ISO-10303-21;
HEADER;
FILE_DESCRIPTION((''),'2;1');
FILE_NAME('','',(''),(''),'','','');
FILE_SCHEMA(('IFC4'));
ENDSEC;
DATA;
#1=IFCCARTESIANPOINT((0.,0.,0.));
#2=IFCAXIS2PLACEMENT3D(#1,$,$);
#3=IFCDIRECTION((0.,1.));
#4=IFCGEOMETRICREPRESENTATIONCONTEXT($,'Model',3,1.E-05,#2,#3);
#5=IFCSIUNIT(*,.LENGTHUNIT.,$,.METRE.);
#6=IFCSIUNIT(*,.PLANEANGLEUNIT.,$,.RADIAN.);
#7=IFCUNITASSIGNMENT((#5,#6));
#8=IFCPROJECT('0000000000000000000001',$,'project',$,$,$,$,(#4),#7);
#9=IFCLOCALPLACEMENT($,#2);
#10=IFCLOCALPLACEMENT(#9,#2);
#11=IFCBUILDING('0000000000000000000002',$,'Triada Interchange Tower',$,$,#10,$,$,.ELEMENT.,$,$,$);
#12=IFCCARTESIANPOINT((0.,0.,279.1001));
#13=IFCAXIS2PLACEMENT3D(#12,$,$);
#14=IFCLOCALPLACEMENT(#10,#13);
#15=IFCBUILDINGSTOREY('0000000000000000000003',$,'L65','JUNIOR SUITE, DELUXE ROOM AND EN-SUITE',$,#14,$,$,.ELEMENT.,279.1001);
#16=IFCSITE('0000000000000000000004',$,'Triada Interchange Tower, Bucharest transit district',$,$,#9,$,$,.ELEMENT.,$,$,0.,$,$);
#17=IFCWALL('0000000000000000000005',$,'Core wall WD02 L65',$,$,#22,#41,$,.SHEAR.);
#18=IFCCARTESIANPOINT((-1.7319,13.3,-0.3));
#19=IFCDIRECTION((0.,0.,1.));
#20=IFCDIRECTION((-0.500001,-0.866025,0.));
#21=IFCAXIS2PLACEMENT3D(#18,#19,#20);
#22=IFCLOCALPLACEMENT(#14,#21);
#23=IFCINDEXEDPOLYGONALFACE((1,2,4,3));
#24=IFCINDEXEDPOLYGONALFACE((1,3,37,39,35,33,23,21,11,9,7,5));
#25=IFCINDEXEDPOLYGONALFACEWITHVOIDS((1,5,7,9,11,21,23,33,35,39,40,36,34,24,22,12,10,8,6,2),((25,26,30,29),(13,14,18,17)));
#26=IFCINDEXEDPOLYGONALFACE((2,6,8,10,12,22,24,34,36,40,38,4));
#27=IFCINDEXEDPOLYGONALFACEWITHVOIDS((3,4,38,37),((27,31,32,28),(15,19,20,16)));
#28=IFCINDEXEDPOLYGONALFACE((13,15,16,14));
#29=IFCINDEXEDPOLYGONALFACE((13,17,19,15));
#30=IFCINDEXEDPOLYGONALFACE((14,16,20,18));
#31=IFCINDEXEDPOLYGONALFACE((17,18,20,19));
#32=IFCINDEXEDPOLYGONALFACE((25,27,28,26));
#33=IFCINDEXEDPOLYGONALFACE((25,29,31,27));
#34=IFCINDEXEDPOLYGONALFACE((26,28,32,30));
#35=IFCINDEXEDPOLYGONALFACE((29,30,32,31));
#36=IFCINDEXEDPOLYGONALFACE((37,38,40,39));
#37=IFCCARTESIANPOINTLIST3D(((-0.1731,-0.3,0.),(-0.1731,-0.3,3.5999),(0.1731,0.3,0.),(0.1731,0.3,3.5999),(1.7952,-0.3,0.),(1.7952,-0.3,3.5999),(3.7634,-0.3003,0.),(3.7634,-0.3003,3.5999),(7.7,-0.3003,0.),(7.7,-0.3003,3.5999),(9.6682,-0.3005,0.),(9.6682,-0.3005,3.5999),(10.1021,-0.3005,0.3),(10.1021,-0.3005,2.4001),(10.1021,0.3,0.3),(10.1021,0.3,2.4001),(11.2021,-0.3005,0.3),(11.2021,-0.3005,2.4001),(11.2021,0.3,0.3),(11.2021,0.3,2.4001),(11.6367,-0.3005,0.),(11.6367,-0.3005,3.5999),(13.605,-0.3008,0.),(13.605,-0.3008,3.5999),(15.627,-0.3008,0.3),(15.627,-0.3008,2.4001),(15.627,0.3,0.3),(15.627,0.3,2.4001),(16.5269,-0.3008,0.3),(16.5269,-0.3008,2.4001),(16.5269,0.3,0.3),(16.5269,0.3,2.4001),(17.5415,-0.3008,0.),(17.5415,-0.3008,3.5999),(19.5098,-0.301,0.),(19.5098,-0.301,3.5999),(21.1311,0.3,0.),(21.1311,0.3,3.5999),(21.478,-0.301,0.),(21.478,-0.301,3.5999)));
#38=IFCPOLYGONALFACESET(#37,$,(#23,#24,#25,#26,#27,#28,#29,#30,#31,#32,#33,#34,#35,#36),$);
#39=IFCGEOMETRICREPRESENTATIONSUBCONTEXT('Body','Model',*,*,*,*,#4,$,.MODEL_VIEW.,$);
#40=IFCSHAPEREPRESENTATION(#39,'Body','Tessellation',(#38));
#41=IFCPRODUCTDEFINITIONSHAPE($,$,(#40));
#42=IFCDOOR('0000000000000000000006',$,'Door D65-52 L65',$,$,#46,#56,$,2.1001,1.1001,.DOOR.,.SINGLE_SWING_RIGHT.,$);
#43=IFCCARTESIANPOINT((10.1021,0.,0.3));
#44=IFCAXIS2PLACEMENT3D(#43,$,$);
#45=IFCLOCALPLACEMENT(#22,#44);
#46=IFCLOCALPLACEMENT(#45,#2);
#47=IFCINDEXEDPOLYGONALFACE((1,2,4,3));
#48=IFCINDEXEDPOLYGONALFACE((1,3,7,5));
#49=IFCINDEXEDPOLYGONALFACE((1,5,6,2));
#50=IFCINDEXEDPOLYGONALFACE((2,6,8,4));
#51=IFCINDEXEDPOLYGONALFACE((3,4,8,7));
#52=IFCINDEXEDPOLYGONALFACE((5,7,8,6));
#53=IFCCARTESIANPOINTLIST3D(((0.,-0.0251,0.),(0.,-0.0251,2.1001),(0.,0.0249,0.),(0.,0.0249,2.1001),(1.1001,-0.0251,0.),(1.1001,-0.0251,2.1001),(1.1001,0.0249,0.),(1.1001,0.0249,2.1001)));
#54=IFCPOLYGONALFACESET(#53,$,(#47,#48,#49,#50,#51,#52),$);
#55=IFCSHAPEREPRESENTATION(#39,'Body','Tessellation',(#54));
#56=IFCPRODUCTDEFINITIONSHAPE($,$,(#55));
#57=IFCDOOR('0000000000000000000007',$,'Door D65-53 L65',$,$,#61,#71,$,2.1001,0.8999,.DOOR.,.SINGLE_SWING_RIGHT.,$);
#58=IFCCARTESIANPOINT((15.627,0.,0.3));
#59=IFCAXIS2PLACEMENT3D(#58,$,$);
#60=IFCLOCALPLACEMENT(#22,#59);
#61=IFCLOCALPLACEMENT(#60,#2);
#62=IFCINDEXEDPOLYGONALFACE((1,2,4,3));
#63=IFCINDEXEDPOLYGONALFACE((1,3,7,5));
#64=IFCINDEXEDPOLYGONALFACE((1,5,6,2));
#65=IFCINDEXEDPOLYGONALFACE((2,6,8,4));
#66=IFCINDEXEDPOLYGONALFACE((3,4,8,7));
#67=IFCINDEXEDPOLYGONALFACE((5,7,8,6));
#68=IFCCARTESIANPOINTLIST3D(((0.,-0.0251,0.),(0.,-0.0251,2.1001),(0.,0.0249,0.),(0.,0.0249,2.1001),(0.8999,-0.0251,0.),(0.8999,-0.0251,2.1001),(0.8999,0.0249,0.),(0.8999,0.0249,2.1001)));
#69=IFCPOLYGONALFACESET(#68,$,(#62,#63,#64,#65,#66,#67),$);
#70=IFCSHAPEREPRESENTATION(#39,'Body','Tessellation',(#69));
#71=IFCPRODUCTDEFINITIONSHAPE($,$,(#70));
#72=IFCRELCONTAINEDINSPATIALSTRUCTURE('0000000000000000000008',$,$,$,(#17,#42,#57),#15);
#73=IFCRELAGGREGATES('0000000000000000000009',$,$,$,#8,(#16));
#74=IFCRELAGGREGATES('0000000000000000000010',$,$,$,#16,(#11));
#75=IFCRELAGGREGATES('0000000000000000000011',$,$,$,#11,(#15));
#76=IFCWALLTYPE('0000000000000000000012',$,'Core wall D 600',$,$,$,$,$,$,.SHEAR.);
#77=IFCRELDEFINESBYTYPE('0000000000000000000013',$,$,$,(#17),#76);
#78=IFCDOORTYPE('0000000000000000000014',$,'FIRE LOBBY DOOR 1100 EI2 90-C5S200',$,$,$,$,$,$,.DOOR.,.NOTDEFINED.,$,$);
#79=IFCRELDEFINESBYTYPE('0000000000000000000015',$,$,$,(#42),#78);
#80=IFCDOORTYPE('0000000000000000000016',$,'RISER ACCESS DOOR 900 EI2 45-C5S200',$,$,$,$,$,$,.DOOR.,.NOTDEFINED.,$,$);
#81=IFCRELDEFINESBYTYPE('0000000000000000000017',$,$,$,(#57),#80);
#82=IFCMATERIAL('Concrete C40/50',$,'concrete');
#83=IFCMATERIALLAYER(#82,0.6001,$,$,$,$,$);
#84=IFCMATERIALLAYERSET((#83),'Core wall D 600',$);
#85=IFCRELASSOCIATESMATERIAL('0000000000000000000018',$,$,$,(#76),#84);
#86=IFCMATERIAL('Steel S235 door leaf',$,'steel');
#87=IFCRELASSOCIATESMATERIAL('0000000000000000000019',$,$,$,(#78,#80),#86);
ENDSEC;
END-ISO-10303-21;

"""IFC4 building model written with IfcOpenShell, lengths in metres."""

from ifc_helpers import new_model, si_unit, direction, frame, frame_2d, origin, place, context, subcontext, project, spatial, polyline, rectangle, outline, extrude, material, layer, layer_set, type_object, element, fill, save


model = new_model("IFC4")

# Units and contexts
model_context = context("Model", 3, precision=1e-05, world=origin(), true_north=direction((0.0, 1.0)))
body_context = subcontext(model_context, "Body", "Model", "MODEL_VIEW")
ifc_project = project(units=[si_unit("LENGTHUNIT", "METRE"), si_unit("PLANEANGLEUNIT", "RADIAN")], contexts=[model_context])

# Site, building, storey
site_placement = place(None, origin())
site = spatial("IfcSite", under=ifc_project, at=site_placement, Name="Triada Interchange Tower, Bucharest transit district", CompositionType="ELEMENT", RefElevation=0.0)
building_placement = place(site_placement, origin())
building = spatial("IfcBuilding", under=site, at=building_placement, Name="Triada Interchange Tower", CompositionType="ELEMENT")
storey_placement = place(building_placement, frame((0.0, 0.0, 279.1001)))
storey = spatial("IfcBuildingStorey", under=building, at=storey_placement, Name="L65", Description="JUNIOR SUITE, DELUXE ROOM AND EN-SUITE", CompositionType="ELEMENT", Elevation=279.1001)

# Shared definitions
ifc_material_1 = material(Name="Concrete C40/50", Category="concrete")

# Wall, openings, doors
ifc_layer_1 = layer(ifc_material_1, 0.6001)
ifc_layer_set_1 = layer_set([ifc_layer_1], Name="Core wall D 600")
wall_type_1 = type_object("IfcWallType", Name="Core wall D 600", PredefinedType="SHEAR", material=ifc_layer_set_1)
wall_1_placement = place(storey_placement, frame((-1.7319, 13.3, -0.3), z_axis=(0.0, 0.0, 1.0), x_axis=(-0.500001, -0.866025, 0.0)))
wall_1 = element("IfcWall", 1, at=wall_1_placement, inside=storey, type_object=wall_type_1, Name="Core wall WD02 L65", PredefinedType="SHEAR", context=body_context, shape_type="SweptSolid", body=[
    extrude(outline(polyline([(-0.1731, -0.3), (1.7952, -0.3), (3.7634, -0.3003), (5.7317, -0.3003), (7.7, -0.3003), (9.6682, -0.3005), (11.6367, -0.3005), (13.605, -0.3008), (15.5732, -0.3008), (17.5415, -0.3008), (19.5098, -0.301), (21.478, -0.301), (21.1311, 0.3), (19.2258, 0.3), (17.3206, 0.3), (15.4153, 0.3), (13.51, 0.3), (11.6047, 0.3), (9.6995, 0.3), (7.7942, 0.3), (5.8889, 0.3), (3.9836, 0.3), (2.0784, 0.3), (0.1731, 0.3), (-0.1731, -0.3)])), origin(), (0.0, 0.0, 1.0), 3.5999),
])
opening_1_placement = place(wall_1_placement, frame((10.1021, 0.0, 0.3)))
opening_1 = element("IfcOpeningElement", 2, at=opening_1_placement, cuts=wall_1, PredefinedType="OPENING", context=body_context, shape_type="SweptSolid", body=[
    extrude(rectangle(XDim=1.1001, YDim=2.1001, at=frame_2d((0.55, 1.05))), frame((0.0, 0.3101, 0.0), z_axis=(0.0, -1.0, 0.0), x_axis=(1.0, 0.0, 0.0)), (0.0, 0.0, 1.0), 0.6211),
])
opening_2_placement = place(wall_1_placement, frame((15.627, 0.0, 0.3)))
opening_2 = element("IfcOpeningElement", 3, at=opening_2_placement, cuts=wall_1, PredefinedType="OPENING", context=body_context, shape_type="SweptSolid", body=[
    extrude(rectangle(XDim=0.8999, YDim=2.1001, at=frame_2d((0.45, 1.05))), frame((0.0, 0.3101, 0.0), z_axis=(0.0, -1.0, 0.0), x_axis=(1.0, 0.0, 0.0)), (0.0, 0.0, 1.0), 0.6211),
])
ifc_material_2 = material(Name="Steel S235 door leaf", Category="steel")
door_type_1 = type_object("IfcDoorType", Name="FIRE LOBBY DOOR 1100 EI2 90-C5S200", OperationType="NOTDEFINED", PredefinedType="DOOR", material=ifc_material_2)
door_1_placement = place(opening_1_placement, origin())
door_1 = element("IfcDoor", 4, at=door_1_placement, inside=storey, type_object=door_type_1, Name="Door D65-52 L65", OperationType="SINGLE_SWING_RIGHT", OverallHeight=2.1001, OverallWidth=1.1001, PredefinedType="DOOR", context=body_context, shape_type="SweptSolid", body=[
    extrude(rectangle(XDim=1.1001, YDim=2.1001, at=frame_2d((0.55, 1.05))), frame((0.0, 0.0249, 0.0), z_axis=(0.0, -1.0, 0.0), x_axis=(1.0, 0.0, 0.0)), (0.0, 0.0, 1.0), 0.05),
])
fill(opening_1, door_1)
door_type_2 = type_object("IfcDoorType", Name="RISER ACCESS DOOR 900 EI2 45-C5S200", OperationType="NOTDEFINED", PredefinedType="DOOR", material=ifc_material_2)
door_2_placement = place(opening_2_placement, origin())
door_2 = element("IfcDoor", 5, at=door_2_placement, inside=storey, type_object=door_type_2, Name="Door D65-53 L65", OperationType="SINGLE_SWING_RIGHT", OverallHeight=2.1001, OverallWidth=0.8999, PredefinedType="DOOR", context=body_context, shape_type="SweptSolid", body=[
    extrude(rectangle(XDim=0.8999, YDim=2.1001, at=frame_2d((0.45, 1.05))), frame((0.0, 0.0249, 0.0), z_axis=(0.0, -1.0, 0.0), x_axis=(1.0, 0.0, 0.0)), (0.0, 0.0, 1.0), 0.05),
])
fill(opening_2, door_2)

save(model, "model.ifc")
